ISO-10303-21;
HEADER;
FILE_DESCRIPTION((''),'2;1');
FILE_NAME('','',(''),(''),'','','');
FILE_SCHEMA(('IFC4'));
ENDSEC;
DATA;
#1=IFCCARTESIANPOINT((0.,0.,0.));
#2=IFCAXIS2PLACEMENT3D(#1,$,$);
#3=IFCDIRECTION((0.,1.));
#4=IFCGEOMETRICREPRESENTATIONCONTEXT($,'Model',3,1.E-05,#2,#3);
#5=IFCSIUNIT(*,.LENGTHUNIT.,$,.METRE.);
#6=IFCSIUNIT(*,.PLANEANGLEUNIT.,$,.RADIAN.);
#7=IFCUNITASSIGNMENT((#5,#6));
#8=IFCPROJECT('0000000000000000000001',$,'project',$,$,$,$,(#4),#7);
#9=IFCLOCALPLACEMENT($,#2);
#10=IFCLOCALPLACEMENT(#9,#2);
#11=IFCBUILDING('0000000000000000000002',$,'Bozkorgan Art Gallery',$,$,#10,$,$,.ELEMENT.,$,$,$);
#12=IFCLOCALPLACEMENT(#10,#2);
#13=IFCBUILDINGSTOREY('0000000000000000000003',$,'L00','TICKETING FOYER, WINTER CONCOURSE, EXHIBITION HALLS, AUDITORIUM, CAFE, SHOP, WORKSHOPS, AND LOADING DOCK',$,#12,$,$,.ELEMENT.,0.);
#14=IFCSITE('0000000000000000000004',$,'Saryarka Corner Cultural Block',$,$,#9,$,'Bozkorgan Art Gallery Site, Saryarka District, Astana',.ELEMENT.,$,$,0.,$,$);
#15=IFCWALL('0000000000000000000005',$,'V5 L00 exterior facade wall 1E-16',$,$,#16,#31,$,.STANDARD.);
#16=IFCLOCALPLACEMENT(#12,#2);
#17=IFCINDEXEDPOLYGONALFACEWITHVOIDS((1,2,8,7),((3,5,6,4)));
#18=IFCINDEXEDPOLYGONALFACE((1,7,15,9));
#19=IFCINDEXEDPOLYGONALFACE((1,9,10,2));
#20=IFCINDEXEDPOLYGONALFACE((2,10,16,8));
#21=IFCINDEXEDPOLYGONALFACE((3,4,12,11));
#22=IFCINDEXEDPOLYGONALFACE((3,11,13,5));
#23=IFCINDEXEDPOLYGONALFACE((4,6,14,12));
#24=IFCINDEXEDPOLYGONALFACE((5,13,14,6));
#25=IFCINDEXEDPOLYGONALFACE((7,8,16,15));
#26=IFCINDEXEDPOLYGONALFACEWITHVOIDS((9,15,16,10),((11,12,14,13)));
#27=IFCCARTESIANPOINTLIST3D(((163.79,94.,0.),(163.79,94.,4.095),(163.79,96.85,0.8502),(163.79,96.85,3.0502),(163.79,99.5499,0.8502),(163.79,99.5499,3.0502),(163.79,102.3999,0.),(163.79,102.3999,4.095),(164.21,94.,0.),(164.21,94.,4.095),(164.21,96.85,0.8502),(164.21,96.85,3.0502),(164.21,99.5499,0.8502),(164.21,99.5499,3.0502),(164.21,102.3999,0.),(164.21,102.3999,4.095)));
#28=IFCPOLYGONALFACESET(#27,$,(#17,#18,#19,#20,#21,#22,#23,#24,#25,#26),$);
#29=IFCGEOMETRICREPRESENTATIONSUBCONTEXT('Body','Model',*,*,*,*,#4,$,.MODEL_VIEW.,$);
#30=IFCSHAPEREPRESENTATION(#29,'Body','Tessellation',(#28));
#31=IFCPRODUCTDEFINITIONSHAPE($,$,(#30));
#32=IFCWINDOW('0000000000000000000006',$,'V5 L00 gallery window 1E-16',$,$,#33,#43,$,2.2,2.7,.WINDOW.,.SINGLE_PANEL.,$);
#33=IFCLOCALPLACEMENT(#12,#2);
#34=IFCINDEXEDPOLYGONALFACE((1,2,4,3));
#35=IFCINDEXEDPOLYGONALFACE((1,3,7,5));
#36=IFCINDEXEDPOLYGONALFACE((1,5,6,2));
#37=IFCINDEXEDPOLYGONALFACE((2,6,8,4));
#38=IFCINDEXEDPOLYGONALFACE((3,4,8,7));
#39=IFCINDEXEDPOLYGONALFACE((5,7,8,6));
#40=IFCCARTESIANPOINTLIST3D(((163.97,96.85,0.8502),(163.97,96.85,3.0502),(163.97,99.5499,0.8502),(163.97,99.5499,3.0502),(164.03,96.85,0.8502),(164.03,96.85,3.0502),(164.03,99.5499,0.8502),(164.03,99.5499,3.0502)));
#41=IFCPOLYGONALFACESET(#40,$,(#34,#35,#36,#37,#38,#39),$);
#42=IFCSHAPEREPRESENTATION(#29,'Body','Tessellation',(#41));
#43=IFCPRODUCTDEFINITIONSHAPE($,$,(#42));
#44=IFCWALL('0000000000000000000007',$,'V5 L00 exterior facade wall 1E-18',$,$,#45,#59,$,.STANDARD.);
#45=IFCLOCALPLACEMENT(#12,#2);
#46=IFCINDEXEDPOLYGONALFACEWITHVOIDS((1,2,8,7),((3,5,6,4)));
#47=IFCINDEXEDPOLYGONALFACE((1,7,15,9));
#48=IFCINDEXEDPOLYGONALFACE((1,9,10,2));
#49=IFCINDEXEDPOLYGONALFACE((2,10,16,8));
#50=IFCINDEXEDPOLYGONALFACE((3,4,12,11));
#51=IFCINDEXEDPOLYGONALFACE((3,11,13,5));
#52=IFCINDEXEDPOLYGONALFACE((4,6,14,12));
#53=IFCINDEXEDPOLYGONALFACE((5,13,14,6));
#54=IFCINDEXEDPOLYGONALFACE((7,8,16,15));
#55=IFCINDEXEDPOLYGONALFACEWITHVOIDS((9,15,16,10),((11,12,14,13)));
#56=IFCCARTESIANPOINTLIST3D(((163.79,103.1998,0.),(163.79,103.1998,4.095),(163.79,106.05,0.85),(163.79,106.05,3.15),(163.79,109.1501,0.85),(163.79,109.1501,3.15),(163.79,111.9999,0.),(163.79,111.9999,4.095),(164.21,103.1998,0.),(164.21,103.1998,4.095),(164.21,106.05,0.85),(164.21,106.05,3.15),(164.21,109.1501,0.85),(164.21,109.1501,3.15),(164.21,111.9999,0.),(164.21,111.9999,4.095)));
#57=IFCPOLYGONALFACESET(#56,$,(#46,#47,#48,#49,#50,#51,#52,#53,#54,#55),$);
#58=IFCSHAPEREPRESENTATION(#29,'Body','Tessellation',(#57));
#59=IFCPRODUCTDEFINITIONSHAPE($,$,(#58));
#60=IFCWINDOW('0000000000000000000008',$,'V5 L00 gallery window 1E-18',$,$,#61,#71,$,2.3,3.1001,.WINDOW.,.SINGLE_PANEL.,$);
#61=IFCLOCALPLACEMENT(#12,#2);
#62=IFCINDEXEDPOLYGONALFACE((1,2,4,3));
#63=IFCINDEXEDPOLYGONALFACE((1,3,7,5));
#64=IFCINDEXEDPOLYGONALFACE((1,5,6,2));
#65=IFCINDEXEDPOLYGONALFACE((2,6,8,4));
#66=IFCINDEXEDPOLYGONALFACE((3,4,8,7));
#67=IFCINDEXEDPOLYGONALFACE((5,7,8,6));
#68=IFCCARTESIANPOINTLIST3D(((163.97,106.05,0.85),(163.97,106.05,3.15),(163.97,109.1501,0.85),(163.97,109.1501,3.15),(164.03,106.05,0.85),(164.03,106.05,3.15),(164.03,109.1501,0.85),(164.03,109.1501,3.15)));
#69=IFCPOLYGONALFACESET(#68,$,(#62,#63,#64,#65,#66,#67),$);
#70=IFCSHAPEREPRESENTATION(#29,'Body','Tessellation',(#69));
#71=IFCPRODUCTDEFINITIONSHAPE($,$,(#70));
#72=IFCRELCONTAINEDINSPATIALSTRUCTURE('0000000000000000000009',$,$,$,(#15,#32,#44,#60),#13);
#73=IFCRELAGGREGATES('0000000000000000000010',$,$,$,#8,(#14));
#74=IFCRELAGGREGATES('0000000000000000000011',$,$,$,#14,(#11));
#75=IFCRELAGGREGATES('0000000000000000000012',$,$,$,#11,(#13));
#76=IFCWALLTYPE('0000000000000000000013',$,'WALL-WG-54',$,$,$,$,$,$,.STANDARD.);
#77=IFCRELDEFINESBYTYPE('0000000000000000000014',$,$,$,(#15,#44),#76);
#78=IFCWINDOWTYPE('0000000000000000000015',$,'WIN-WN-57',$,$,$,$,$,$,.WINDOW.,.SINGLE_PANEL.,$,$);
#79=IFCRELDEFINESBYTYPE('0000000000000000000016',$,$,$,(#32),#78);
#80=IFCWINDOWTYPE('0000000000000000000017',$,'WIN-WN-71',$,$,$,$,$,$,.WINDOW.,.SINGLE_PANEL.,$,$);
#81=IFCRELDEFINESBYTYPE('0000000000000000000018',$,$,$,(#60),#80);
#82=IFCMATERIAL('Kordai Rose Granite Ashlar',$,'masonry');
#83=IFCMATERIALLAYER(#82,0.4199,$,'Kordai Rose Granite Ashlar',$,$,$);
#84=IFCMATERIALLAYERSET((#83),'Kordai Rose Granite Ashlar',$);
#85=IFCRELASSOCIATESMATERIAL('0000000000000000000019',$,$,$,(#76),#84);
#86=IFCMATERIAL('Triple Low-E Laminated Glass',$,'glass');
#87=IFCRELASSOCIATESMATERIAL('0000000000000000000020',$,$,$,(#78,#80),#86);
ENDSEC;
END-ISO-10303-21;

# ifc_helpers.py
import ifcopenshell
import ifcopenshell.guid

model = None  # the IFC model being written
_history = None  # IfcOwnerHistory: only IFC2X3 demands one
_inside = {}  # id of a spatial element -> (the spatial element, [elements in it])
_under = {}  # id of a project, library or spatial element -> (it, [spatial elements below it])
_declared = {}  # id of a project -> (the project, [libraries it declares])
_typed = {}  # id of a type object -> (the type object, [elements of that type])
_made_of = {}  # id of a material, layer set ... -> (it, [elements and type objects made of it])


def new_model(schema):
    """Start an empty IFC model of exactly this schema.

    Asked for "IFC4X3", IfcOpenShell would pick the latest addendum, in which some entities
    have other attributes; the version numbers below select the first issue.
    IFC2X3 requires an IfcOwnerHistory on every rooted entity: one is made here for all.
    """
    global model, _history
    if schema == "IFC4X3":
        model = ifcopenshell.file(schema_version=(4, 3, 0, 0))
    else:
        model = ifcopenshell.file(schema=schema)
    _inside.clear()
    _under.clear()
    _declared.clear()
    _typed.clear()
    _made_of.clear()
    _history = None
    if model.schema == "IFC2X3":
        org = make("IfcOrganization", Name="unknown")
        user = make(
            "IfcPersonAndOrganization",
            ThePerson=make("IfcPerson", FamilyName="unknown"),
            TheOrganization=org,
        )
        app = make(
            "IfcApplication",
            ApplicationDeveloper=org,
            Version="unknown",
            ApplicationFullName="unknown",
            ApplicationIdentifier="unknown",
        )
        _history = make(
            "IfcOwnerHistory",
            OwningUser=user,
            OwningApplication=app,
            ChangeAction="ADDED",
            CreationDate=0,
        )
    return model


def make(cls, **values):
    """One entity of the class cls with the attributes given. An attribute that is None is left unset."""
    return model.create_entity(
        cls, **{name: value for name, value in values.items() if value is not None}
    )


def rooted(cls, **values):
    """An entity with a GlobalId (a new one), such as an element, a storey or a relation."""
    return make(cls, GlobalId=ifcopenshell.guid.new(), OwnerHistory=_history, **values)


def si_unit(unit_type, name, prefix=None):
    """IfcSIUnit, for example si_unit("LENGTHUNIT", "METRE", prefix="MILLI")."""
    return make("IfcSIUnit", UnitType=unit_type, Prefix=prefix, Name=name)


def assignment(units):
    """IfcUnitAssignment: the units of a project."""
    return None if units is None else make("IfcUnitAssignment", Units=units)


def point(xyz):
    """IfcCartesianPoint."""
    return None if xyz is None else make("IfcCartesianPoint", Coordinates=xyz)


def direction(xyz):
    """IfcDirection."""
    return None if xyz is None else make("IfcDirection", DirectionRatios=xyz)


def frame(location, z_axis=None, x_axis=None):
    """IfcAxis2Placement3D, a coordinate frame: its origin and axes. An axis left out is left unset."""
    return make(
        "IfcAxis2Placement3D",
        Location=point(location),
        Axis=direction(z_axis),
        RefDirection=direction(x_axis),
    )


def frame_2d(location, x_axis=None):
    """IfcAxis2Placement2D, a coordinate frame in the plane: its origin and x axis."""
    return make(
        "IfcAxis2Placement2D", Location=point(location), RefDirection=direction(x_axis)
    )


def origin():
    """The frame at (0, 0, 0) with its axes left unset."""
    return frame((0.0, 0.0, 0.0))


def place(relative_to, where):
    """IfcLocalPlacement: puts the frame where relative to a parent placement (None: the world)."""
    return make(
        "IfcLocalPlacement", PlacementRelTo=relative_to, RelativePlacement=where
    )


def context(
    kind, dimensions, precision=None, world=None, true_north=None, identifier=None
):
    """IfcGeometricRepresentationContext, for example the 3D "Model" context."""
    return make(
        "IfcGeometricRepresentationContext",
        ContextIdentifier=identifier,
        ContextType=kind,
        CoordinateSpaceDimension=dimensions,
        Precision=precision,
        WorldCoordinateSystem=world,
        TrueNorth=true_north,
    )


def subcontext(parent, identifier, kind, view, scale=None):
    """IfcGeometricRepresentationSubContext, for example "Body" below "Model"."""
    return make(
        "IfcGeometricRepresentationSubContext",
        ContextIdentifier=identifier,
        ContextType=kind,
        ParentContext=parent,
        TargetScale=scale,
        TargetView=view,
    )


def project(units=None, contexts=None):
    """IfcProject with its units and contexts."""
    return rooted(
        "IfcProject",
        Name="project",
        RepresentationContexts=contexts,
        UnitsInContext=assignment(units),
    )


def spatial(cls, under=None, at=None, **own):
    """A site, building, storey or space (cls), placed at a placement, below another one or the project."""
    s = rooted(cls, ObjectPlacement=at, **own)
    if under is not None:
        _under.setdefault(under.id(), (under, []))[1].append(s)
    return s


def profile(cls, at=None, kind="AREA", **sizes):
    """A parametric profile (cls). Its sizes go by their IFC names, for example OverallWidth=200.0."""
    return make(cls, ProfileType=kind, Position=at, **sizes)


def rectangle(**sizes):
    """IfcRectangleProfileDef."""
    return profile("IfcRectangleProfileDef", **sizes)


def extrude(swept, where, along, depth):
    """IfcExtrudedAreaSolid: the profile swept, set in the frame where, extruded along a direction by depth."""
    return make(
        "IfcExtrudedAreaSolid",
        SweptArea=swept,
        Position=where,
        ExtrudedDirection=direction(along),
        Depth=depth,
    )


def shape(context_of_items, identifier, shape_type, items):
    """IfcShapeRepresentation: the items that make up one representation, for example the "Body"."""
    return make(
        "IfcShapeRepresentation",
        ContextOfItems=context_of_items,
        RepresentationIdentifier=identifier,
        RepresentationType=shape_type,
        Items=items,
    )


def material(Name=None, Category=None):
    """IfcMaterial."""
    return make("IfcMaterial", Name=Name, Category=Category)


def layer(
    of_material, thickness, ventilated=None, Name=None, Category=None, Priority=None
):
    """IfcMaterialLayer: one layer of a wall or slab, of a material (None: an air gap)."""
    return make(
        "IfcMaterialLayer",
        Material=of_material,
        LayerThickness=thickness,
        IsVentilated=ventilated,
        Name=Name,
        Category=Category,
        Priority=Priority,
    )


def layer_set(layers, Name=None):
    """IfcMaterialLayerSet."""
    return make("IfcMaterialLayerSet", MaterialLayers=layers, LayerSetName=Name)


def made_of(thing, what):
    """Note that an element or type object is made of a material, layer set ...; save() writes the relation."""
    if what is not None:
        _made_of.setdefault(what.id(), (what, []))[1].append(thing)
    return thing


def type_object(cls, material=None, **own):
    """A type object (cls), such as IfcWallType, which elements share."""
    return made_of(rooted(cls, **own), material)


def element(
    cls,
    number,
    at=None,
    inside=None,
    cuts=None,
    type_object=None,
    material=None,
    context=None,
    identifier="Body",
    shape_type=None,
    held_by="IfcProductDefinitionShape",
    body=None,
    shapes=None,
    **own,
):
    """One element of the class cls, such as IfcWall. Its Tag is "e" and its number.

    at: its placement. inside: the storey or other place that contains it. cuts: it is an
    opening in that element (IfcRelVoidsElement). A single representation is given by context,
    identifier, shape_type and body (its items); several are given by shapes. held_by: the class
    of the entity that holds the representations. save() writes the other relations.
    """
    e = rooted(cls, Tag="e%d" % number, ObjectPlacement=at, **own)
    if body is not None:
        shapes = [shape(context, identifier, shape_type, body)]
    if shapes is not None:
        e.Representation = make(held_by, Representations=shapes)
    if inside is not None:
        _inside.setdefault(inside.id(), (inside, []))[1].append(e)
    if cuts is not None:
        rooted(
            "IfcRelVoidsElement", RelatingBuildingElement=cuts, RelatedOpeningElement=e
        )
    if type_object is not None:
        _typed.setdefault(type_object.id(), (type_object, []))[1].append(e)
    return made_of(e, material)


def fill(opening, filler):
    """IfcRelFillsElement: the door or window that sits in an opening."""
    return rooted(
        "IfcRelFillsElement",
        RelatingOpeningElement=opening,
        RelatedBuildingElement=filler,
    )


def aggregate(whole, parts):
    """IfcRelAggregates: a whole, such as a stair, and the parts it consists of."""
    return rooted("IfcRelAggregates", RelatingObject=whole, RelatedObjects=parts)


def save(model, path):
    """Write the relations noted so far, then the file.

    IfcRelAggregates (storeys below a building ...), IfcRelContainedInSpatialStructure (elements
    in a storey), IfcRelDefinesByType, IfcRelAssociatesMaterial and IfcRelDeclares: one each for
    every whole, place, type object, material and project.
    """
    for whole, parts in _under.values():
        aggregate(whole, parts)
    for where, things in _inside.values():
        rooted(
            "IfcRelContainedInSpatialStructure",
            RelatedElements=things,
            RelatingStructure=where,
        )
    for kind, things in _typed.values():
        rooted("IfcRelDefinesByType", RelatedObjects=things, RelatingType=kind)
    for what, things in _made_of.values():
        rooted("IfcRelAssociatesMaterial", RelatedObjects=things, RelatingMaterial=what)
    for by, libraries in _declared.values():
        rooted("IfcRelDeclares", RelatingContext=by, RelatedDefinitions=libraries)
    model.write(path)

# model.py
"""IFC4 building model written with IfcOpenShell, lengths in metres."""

from ifc_helpers import new_model, si_unit, direction, frame, frame_2d, origin, place, context, subcontext, project, spatial, rectangle, extrude, material, layer, layer_set, type_object, element, fill, save


model = new_model("IFC4")

# Units and contexts
model_context = context("Model", 3, precision=1e-05, world=origin(), true_north=direction((0.0, 1.0)))
body_context = subcontext(model_context, "Body", "Model", "MODEL_VIEW")
ifc_project = project(units=[si_unit("LENGTHUNIT", "METRE"), si_unit("PLANEANGLEUNIT", "RADIAN")], contexts=[model_context])

# Site, building, storey
site_placement = place(None, origin())
site = spatial("IfcSite", under=ifc_project, at=site_placement, Name="Saryarka Corner Cultural Block", LongName="Bozkorgan Art Gallery Site, Saryarka District, Astana", CompositionType="ELEMENT", RefElevation=0.0)
building_placement = place(site_placement, origin())
building = spatial("IfcBuilding", under=site, at=building_placement, Name="Bozkorgan Art Gallery", CompositionType="ELEMENT")
storey_placement = place(building_placement, origin())
storey = spatial("IfcBuildingStorey", under=building, at=storey_placement, Name="L00", Description="TICKETING FOYER, WINTER CONCOURSE, EXHIBITION HALLS, AUDITORIUM, CAFE, SHOP, WORKSHOPS, AND LOADING DOCK", CompositionType="ELEMENT", Elevation=0.0)

# Shared definitions
ifc_material_1 = material(Name="Kordai Rose Granite Ashlar", Category="masonry")

# Walls, openings, windows
ifc_layer_1 = layer(ifc_material_1, 0.4199, Name="Kordai Rose Granite Ashlar")
ifc_layer_set_1 = layer_set([ifc_layer_1], Name="Kordai Rose Granite Ashlar")
wall_type_1 = type_object("IfcWallType", Name="WALL-WG-54", PredefinedType="STANDARD", material=ifc_layer_set_1)
ifc_material_2 = material(Name="Triple Low-E Laminated Glass", Category="glass")
wall_1_placement = place(storey_placement, frame((164.0, 94.0, 0.0), z_axis=(0.0, 0.0, 1.0), x_axis=(0.0, 1.0, 0.0)))
wall_1 = element("IfcWall", 1, at=wall_1_placement, inside=storey, type_object=wall_type_1, Name="V5 L00 exterior facade wall 1E-16", PredefinedType="STANDARD", context=body_context, shape_type="SweptSolid", body=[
    extrude(rectangle(XDim=8.3999, YDim=0.4199, at=frame_2d((4.2, 0.0))), origin(), (0.0, 0.0, 1.0), 4.095),
])
opening_1_placement = place(wall_1_placement, frame((5.55, 0.0, 0.8501), z_axis=(0.0, 0.0, 1.0), x_axis=(-1.0, 0.0, 0.0)))
opening_1 = element("IfcOpeningElement", 2, at=opening_1_placement, cuts=wall_1, PredefinedType="OPENING", context=body_context, shape_type="SweptSolid", body=[
    extrude(rectangle(XDim=2.7, YDim=2.2, at=frame_2d((1.3501, 1.1001))), frame((0.0, 0.22, 0.0), z_axis=(0.0, -1.0, 0.0), x_axis=(1.0, 0.0, 0.0)), (0.0, 0.0, 1.0), 0.4399),
])
window_type_1 = type_object("IfcWindowType", Name="WIN-WN-57", PartitioningType="SINGLE_PANEL", PredefinedType="WINDOW", material=ifc_material_2)
window_1_placement = place(opening_1_placement, origin())
window_1 = element("IfcWindow", 3, at=window_1_placement, inside=storey, type_object=window_type_1, Name="V5 L00 gallery window 1E-16", OverallHeight=2.2, OverallWidth=2.7, PartitioningType="SINGLE_PANEL", PredefinedType="WINDOW", context=body_context, shape_type="SweptSolid", body=[
    extrude(rectangle(XDim=2.7, YDim=2.2, at=frame_2d((1.3501, 1.1001))), frame((0.0, 0.03, 0.0), z_axis=(0.0, -1.0, 0.0), x_axis=(1.0, 0.0, 0.0)), (0.0, 0.0, 1.0), 0.0601),
])
fill(opening_1, window_1)
wall_2_placement = place(storey_placement, frame((164.0, 103.2, 0.0), z_axis=(0.0, 0.0, 1.0), x_axis=(0.0, 1.0, 0.0)))
wall_2 = element("IfcWall", 4, at=wall_2_placement, inside=storey, type_object=wall_type_1, Name="V5 L00 exterior facade wall 1E-18", PredefinedType="STANDARD", context=body_context, shape_type="SweptSolid", body=[
    extrude(rectangle(XDim=8.8, YDim=0.4199, at=frame_2d((4.3999, 0.0))), origin(), (0.0, 0.0, 1.0), 4.095),
])
opening_2_placement = place(wall_2_placement, frame((5.9502, 0.0, 0.8501), z_axis=(0.0, 0.0, 1.0), x_axis=(-1.0, 0.0, 0.0)))
opening_2 = element("IfcOpeningElement", 5, at=opening_2_placement, cuts=wall_2, PredefinedType="OPENING", context=body_context, shape_type="SweptSolid", body=[
    extrude(rectangle(XDim=3.1001, YDim=2.3, at=frame_2d((1.55, 1.1499))), frame((0.0, 0.22, 0.0), z_axis=(0.0, -1.0, 0.0), x_axis=(1.0, 0.0, 0.0)), (0.0, 0.0, 1.0), 0.4399),
])
window_type_2 = type_object("IfcWindowType", Name="WIN-WN-71", PartitioningType="SINGLE_PANEL", PredefinedType="WINDOW", material=ifc_material_2)
window_2_placement = place(opening_2_placement, origin())
window_2 = element("IfcWindow", 6, at=window_2_placement, inside=storey, type_object=window_type_2, Name="V5 L00 gallery window 1E-18", OverallHeight=2.3, OverallWidth=3.1001, PartitioningType="SINGLE_PANEL", PredefinedType="WINDOW", context=body_context, shape_type="SweptSolid", body=[
    extrude(rectangle(XDim=3.1001, YDim=2.3, at=frame_2d((1.55, 1.1499))), frame((0.0, 0.03, 0.0), z_axis=(0.0, -1.0, 0.0), x_axis=(1.0, 0.0, 0.0)), (0.0, 0.0, 1.0), 0.0601),
])
fill(opening_2, window_2)

save(model, "model.ifc")
